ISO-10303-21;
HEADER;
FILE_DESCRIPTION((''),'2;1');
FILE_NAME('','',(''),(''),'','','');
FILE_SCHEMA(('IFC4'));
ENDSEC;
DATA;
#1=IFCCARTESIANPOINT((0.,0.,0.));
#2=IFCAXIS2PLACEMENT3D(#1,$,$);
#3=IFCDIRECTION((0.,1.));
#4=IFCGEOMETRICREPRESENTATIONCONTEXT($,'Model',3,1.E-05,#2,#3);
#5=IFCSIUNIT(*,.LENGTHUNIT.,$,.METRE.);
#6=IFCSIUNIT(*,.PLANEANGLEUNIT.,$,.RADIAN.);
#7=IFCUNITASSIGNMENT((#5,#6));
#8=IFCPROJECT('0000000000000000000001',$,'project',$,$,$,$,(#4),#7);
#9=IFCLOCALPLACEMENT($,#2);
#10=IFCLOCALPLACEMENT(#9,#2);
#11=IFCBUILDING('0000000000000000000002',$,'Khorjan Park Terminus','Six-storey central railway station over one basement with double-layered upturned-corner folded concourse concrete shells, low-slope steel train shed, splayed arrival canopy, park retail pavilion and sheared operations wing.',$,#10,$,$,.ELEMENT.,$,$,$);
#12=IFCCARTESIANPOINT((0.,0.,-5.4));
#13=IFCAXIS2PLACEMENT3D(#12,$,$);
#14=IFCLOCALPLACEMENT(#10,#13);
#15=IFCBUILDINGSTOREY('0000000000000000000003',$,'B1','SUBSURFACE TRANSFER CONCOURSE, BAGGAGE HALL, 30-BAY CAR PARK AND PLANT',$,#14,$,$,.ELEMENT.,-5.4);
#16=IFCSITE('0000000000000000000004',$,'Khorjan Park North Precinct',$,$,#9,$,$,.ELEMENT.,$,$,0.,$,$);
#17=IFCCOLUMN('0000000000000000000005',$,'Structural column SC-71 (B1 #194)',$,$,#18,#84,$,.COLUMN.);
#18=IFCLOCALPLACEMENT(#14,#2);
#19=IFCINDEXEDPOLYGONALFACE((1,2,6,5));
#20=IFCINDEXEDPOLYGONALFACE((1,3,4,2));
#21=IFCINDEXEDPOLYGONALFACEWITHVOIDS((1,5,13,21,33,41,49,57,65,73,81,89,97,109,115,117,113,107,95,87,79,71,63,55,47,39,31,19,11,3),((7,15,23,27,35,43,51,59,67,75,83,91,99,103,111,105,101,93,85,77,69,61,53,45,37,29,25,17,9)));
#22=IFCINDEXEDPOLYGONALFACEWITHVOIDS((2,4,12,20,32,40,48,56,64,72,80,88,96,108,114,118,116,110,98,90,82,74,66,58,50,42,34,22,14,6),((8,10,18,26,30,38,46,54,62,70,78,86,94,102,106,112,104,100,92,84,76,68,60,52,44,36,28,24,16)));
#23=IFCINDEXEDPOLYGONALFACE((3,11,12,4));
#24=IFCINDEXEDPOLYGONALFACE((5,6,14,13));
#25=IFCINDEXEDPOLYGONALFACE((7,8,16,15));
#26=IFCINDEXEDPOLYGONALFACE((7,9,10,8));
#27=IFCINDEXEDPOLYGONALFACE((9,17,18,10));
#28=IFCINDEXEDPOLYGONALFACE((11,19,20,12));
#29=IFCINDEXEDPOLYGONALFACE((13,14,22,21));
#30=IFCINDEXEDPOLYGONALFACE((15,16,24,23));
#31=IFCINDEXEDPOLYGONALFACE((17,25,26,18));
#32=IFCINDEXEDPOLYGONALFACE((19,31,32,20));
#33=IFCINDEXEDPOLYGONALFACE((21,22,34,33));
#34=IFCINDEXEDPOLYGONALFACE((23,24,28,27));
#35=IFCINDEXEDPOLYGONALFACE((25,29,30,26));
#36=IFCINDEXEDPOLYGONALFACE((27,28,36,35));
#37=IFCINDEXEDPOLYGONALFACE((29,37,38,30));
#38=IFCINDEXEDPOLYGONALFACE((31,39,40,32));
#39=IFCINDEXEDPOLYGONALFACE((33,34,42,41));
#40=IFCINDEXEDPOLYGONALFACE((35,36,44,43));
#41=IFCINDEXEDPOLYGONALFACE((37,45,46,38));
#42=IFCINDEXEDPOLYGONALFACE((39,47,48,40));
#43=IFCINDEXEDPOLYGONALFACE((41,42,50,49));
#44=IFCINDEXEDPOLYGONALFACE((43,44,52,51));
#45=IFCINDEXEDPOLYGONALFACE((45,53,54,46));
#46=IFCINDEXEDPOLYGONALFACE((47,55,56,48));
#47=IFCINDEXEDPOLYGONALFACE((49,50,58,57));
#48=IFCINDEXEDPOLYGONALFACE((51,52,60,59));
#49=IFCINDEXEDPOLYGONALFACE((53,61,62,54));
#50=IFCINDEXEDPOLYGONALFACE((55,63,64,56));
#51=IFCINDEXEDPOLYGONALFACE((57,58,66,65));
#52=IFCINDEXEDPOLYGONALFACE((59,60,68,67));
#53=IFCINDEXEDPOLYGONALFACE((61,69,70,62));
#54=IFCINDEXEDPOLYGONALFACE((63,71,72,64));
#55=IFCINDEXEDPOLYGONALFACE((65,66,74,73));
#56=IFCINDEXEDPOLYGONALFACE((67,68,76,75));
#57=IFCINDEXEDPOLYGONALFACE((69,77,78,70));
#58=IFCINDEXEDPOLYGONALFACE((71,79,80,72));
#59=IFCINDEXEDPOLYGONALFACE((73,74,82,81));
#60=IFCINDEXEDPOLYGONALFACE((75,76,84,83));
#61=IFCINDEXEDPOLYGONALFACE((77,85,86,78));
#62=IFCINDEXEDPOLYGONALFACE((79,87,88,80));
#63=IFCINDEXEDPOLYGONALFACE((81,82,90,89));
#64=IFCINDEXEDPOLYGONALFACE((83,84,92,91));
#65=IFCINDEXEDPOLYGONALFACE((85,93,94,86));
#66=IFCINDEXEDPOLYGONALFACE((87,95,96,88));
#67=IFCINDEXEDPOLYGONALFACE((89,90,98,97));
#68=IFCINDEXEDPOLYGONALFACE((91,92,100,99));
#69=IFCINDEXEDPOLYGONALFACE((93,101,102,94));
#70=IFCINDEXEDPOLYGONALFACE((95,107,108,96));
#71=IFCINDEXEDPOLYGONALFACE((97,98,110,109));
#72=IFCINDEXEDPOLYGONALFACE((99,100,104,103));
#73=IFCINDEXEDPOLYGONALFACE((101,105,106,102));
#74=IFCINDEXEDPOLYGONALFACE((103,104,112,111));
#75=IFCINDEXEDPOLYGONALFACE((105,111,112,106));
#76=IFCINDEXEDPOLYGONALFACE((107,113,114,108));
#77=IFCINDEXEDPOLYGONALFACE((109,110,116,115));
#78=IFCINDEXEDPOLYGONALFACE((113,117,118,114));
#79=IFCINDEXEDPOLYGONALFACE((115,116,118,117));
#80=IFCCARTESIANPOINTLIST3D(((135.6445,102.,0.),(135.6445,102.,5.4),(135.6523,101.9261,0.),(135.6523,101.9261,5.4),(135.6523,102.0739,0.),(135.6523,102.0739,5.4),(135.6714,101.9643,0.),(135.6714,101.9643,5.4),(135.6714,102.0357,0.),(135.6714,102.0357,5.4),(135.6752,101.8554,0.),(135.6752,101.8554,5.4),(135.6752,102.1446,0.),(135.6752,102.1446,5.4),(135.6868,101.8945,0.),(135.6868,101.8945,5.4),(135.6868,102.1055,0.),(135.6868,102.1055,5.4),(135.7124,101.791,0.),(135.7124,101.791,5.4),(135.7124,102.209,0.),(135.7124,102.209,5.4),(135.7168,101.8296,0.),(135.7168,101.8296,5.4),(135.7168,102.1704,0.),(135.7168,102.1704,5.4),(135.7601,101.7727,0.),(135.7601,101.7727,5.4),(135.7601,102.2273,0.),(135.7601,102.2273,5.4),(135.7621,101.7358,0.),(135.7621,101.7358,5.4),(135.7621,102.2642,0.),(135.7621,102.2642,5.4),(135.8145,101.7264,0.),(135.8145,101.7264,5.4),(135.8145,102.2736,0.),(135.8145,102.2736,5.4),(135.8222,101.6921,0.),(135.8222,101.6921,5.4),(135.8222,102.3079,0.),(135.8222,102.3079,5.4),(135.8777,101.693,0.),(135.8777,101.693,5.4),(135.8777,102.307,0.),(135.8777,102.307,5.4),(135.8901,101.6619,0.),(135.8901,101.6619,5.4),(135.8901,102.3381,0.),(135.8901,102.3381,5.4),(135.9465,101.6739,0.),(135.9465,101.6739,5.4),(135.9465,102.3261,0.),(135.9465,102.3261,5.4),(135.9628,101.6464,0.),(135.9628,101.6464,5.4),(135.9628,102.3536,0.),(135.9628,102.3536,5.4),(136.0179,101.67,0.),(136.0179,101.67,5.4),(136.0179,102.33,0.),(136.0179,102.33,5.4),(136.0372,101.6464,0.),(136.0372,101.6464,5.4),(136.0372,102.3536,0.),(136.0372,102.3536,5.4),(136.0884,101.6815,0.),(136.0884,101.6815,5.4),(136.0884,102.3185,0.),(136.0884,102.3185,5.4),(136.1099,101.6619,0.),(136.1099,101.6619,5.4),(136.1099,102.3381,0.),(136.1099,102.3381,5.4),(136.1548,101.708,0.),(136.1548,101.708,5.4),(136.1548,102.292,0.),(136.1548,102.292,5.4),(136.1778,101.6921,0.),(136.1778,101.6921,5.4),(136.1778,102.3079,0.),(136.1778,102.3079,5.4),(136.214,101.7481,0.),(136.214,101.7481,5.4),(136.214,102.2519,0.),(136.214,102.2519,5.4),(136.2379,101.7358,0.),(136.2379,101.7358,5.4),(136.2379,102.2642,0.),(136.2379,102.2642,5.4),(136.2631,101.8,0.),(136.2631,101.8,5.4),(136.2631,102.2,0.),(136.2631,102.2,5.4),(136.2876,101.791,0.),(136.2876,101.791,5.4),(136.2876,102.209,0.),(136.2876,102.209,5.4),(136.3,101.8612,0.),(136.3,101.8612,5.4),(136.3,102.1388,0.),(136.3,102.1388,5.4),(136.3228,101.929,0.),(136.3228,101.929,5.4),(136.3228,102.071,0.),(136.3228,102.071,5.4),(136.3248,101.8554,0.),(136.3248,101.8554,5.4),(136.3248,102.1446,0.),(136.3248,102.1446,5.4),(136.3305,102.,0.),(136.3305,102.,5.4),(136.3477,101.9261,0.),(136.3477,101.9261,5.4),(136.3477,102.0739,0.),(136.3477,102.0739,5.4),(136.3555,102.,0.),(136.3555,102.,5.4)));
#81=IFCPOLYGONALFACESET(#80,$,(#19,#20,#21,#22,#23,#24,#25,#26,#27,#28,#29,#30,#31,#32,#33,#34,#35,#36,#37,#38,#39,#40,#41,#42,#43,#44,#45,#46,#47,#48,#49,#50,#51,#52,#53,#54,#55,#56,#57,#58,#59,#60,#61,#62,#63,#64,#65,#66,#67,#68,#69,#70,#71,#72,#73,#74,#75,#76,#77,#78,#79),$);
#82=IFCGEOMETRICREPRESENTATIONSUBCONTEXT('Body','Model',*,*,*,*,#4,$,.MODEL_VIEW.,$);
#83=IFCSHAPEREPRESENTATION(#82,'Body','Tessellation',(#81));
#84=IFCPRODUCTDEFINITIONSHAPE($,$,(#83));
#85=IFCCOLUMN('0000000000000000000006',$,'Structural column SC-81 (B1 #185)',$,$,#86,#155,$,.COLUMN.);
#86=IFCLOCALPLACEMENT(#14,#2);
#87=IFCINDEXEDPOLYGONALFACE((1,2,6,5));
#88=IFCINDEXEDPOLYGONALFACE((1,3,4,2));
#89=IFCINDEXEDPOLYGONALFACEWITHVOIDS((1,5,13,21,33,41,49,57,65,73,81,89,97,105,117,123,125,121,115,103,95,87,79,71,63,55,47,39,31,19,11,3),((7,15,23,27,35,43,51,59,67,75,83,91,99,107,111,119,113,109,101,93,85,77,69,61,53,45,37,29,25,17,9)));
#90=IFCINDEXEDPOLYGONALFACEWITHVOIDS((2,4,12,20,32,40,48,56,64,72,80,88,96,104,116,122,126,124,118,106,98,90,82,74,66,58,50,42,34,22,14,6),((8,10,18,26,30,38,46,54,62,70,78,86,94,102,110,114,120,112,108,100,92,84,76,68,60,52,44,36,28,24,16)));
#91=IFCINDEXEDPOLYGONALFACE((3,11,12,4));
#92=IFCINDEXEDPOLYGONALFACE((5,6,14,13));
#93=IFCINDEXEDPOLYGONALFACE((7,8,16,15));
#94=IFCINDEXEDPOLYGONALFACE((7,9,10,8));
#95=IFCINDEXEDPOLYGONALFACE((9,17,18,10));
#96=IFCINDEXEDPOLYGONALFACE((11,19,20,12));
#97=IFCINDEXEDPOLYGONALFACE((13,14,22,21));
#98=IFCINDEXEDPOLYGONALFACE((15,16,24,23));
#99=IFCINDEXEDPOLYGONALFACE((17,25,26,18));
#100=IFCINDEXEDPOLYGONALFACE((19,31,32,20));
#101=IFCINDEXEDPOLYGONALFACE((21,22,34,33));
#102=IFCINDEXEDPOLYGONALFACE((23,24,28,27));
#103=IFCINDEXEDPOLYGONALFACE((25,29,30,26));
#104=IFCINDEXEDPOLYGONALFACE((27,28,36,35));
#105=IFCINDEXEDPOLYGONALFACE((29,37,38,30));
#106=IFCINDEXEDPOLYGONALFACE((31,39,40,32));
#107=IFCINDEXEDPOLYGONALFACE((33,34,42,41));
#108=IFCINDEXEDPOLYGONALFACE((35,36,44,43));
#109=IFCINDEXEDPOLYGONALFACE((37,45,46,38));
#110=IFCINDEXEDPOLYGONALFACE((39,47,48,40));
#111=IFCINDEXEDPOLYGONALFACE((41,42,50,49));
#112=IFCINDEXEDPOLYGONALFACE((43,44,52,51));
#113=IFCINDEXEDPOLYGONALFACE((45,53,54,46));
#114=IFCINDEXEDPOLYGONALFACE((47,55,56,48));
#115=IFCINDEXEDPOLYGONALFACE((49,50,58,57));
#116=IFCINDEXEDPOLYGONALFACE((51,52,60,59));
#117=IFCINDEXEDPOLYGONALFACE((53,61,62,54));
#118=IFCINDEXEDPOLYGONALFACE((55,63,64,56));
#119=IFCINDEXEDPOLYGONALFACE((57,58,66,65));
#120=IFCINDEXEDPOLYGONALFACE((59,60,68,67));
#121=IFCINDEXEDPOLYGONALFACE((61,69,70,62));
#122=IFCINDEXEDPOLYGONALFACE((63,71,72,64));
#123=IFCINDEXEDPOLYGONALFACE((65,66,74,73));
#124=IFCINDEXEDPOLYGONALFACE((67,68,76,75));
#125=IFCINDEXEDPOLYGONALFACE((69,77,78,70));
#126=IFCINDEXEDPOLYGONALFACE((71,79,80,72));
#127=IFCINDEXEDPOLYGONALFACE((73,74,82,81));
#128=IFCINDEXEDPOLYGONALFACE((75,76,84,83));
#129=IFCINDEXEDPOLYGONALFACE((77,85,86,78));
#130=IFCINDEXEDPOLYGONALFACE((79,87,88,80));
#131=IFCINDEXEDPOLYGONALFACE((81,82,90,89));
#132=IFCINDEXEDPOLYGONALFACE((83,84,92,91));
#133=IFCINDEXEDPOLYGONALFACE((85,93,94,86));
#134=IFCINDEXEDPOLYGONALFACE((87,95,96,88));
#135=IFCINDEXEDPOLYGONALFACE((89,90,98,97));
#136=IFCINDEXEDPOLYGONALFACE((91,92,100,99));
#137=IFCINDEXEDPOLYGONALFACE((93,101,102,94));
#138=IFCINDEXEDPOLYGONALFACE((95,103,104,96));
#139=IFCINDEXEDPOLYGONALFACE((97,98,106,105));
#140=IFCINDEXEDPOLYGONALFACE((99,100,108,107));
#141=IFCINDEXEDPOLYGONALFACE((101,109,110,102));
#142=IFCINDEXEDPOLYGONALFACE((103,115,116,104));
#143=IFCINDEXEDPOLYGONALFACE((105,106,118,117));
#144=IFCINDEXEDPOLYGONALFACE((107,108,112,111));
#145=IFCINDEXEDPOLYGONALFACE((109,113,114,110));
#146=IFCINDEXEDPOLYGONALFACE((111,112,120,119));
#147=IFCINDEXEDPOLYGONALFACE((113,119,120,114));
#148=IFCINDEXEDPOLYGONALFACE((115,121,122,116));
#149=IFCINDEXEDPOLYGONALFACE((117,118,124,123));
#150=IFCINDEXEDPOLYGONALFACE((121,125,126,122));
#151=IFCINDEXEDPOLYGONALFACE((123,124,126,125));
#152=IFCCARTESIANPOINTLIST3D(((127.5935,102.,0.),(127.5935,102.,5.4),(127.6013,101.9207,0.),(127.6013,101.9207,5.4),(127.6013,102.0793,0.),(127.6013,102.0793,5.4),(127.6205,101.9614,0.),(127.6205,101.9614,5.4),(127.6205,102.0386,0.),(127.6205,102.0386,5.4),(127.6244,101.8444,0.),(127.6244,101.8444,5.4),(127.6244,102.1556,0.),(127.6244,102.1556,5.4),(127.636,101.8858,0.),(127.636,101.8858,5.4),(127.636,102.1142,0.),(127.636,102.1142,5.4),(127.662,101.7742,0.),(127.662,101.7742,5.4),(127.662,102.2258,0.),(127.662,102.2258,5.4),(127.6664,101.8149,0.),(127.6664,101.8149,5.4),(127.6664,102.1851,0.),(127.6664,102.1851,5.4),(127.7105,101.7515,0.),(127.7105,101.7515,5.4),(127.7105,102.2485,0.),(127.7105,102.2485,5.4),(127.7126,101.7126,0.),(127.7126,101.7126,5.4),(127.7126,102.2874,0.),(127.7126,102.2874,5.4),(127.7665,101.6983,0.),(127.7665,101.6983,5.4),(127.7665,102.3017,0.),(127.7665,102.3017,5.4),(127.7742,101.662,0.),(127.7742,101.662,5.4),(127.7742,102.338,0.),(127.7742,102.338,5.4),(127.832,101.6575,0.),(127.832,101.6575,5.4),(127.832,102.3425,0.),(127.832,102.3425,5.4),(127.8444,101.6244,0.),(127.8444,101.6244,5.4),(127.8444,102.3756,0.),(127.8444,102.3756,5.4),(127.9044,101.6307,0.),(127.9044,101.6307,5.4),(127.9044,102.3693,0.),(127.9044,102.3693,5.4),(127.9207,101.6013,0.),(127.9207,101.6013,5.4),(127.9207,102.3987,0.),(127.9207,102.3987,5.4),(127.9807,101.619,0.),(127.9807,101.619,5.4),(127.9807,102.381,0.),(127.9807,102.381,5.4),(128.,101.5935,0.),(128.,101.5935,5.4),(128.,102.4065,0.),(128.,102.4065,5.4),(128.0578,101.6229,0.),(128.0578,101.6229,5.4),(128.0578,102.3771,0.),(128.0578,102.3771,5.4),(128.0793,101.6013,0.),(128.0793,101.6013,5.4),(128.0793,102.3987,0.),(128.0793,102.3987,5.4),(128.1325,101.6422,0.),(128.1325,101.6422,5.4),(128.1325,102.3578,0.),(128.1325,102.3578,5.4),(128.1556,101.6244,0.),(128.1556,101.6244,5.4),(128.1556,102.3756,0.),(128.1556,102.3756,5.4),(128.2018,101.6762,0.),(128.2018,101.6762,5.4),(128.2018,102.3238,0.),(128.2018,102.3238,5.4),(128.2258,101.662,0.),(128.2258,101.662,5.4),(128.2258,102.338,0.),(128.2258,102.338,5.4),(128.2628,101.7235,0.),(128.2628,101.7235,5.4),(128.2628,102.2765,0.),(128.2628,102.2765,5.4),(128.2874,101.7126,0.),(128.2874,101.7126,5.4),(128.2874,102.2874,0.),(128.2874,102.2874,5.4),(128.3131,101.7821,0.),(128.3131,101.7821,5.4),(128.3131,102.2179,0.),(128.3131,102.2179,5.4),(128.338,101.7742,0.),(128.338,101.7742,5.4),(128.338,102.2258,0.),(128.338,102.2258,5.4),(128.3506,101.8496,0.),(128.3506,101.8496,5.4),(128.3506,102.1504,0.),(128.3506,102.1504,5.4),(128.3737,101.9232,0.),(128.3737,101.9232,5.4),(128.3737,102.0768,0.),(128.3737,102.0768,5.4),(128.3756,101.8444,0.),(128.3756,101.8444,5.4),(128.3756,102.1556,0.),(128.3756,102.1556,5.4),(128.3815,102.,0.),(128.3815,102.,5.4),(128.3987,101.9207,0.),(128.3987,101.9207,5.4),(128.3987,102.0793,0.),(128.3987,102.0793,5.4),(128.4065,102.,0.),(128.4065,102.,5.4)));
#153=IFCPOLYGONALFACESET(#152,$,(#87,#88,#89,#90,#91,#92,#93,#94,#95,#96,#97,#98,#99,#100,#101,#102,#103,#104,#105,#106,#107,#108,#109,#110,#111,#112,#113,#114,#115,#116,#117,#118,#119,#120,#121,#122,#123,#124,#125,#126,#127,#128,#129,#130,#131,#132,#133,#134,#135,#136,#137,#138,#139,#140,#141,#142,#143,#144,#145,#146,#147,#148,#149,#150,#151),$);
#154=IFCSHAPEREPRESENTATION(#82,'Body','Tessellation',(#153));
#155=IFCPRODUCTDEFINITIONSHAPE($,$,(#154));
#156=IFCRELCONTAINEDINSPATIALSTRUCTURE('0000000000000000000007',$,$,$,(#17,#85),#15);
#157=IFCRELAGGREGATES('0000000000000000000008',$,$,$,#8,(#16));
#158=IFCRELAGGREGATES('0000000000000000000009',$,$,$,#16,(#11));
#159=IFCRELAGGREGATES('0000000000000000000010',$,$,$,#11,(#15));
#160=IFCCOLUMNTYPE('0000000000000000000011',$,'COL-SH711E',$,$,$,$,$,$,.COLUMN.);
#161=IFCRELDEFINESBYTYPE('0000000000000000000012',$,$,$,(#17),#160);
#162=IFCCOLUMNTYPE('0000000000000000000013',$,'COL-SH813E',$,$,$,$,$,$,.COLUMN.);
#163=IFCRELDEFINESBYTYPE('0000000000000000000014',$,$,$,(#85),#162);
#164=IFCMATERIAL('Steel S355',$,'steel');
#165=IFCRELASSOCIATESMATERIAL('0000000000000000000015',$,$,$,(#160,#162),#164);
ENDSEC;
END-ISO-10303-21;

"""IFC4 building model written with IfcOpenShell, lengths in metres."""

from ifc_helpers import new_model, si_unit, direction, frame, origin, origin_2d, place, context, subcontext, project, spatial, hollow_circle, extrude, material, material_profile, profile_set, type_object, element, save


model = new_model("IFC4")

# Units and contexts
model_context = context("Model", 3, precision=1e-05, world=origin(), true_north=direction((0.0, 1.0)))
body_context = subcontext(model_context, "Body", "Model", "MODEL_VIEW")
ifc_project = project(units=[si_unit("LENGTHUNIT", "METRE"), si_unit("PLANEANGLEUNIT", "RADIAN")], contexts=[model_context])

# Site, building, storey
site_placement = place(None, origin())
site = spatial("IfcSite", under=ifc_project, at=site_placement, Name="Khorjan Park North Precinct", CompositionType="ELEMENT", RefElevation=0.0)
building_placement = place(site_placement, origin())
building = spatial("IfcBuilding", under=site, at=building_placement, Name="Khorjan Park Terminus", Description="Six-storey central railway station over one basement with double-layered upturned-corner folded concourse concrete shells, low-slope steel train shed, splayed arrival canopy, park retail pavilion and sheared operations wing.", CompositionType="ELEMENT")
storey_placement = place(building_placement, frame((0.0, 0.0, -5.4)))
storey = spatial("IfcBuildingStorey", under=building, at=storey_placement, Name="B1", Description="SUBSURFACE TRANSFER CONCOURSE, BAGGAGE HALL, 30-BAY CAR PARK AND PLANT", CompositionType="ELEMENT", Elevation=-5.4)

# Columns
ifc_material_1 = material(Name="Steel S355", Category="steel")
ifc_material_profile_1 = material_profile(ifc_material_1, hollow_circle(Radius=0.3555, WallThickness=0.025, at=origin_2d()), Name="CHS 711x25")
ifc_profile_set_1 = profile_set([ifc_material_profile_1], Name="Steel S355")
column_type_1 = type_object("IfcColumnType", Name="COL-SH711E", PredefinedType="COLUMN", material=ifc_profile_set_1)
column_1_placement = place(storey_placement, frame((136.0, 102.0, 0.0), z_axis=(0.0, 0.0, 1.0), x_axis=(1.0, 0.0, 0.0)))
element("IfcColumn", 1, at=column_1_placement, inside=storey, type_object=column_type_1, Name="Structural column SC-71 (B1 #194)", PredefinedType="COLUMN", context=body_context, shape_type="SweptSolid", body=[
    extrude(hollow_circle(Radius=0.3555, WallThickness=0.025, at=origin_2d()), origin(), (0.0, 0.0, 1.0), 5.4),
])
ifc_material_profile_2 = material_profile(ifc_material_1, hollow_circle(Radius=0.4065, WallThickness=0.025, at=origin_2d()), Name="CHS 813x25")
ifc_profile_set_2 = profile_set([ifc_material_profile_2], Name="Steel S355")
column_type_2 = type_object("IfcColumnType", Name="COL-SH813E", PredefinedType="COLUMN", material=ifc_profile_set_2)
column_2_placement = place(storey_placement, frame((128.0, 102.0, 0.0), z_axis=(0.0, 0.0, 1.0), x_axis=(1.0, 0.0, 0.0)))
element("IfcColumn", 2, at=column_2_placement, inside=storey, type_object=column_type_2, Name="Structural column SC-81 (B1 #185)", PredefinedType="COLUMN", context=body_context, shape_type="SweptSolid", body=[
    extrude(hollow_circle(Radius=0.4065, WallThickness=0.025, at=origin_2d()), origin(), (0.0, 0.0, 1.0), 5.4),
])

save(model, "model.ifc")
